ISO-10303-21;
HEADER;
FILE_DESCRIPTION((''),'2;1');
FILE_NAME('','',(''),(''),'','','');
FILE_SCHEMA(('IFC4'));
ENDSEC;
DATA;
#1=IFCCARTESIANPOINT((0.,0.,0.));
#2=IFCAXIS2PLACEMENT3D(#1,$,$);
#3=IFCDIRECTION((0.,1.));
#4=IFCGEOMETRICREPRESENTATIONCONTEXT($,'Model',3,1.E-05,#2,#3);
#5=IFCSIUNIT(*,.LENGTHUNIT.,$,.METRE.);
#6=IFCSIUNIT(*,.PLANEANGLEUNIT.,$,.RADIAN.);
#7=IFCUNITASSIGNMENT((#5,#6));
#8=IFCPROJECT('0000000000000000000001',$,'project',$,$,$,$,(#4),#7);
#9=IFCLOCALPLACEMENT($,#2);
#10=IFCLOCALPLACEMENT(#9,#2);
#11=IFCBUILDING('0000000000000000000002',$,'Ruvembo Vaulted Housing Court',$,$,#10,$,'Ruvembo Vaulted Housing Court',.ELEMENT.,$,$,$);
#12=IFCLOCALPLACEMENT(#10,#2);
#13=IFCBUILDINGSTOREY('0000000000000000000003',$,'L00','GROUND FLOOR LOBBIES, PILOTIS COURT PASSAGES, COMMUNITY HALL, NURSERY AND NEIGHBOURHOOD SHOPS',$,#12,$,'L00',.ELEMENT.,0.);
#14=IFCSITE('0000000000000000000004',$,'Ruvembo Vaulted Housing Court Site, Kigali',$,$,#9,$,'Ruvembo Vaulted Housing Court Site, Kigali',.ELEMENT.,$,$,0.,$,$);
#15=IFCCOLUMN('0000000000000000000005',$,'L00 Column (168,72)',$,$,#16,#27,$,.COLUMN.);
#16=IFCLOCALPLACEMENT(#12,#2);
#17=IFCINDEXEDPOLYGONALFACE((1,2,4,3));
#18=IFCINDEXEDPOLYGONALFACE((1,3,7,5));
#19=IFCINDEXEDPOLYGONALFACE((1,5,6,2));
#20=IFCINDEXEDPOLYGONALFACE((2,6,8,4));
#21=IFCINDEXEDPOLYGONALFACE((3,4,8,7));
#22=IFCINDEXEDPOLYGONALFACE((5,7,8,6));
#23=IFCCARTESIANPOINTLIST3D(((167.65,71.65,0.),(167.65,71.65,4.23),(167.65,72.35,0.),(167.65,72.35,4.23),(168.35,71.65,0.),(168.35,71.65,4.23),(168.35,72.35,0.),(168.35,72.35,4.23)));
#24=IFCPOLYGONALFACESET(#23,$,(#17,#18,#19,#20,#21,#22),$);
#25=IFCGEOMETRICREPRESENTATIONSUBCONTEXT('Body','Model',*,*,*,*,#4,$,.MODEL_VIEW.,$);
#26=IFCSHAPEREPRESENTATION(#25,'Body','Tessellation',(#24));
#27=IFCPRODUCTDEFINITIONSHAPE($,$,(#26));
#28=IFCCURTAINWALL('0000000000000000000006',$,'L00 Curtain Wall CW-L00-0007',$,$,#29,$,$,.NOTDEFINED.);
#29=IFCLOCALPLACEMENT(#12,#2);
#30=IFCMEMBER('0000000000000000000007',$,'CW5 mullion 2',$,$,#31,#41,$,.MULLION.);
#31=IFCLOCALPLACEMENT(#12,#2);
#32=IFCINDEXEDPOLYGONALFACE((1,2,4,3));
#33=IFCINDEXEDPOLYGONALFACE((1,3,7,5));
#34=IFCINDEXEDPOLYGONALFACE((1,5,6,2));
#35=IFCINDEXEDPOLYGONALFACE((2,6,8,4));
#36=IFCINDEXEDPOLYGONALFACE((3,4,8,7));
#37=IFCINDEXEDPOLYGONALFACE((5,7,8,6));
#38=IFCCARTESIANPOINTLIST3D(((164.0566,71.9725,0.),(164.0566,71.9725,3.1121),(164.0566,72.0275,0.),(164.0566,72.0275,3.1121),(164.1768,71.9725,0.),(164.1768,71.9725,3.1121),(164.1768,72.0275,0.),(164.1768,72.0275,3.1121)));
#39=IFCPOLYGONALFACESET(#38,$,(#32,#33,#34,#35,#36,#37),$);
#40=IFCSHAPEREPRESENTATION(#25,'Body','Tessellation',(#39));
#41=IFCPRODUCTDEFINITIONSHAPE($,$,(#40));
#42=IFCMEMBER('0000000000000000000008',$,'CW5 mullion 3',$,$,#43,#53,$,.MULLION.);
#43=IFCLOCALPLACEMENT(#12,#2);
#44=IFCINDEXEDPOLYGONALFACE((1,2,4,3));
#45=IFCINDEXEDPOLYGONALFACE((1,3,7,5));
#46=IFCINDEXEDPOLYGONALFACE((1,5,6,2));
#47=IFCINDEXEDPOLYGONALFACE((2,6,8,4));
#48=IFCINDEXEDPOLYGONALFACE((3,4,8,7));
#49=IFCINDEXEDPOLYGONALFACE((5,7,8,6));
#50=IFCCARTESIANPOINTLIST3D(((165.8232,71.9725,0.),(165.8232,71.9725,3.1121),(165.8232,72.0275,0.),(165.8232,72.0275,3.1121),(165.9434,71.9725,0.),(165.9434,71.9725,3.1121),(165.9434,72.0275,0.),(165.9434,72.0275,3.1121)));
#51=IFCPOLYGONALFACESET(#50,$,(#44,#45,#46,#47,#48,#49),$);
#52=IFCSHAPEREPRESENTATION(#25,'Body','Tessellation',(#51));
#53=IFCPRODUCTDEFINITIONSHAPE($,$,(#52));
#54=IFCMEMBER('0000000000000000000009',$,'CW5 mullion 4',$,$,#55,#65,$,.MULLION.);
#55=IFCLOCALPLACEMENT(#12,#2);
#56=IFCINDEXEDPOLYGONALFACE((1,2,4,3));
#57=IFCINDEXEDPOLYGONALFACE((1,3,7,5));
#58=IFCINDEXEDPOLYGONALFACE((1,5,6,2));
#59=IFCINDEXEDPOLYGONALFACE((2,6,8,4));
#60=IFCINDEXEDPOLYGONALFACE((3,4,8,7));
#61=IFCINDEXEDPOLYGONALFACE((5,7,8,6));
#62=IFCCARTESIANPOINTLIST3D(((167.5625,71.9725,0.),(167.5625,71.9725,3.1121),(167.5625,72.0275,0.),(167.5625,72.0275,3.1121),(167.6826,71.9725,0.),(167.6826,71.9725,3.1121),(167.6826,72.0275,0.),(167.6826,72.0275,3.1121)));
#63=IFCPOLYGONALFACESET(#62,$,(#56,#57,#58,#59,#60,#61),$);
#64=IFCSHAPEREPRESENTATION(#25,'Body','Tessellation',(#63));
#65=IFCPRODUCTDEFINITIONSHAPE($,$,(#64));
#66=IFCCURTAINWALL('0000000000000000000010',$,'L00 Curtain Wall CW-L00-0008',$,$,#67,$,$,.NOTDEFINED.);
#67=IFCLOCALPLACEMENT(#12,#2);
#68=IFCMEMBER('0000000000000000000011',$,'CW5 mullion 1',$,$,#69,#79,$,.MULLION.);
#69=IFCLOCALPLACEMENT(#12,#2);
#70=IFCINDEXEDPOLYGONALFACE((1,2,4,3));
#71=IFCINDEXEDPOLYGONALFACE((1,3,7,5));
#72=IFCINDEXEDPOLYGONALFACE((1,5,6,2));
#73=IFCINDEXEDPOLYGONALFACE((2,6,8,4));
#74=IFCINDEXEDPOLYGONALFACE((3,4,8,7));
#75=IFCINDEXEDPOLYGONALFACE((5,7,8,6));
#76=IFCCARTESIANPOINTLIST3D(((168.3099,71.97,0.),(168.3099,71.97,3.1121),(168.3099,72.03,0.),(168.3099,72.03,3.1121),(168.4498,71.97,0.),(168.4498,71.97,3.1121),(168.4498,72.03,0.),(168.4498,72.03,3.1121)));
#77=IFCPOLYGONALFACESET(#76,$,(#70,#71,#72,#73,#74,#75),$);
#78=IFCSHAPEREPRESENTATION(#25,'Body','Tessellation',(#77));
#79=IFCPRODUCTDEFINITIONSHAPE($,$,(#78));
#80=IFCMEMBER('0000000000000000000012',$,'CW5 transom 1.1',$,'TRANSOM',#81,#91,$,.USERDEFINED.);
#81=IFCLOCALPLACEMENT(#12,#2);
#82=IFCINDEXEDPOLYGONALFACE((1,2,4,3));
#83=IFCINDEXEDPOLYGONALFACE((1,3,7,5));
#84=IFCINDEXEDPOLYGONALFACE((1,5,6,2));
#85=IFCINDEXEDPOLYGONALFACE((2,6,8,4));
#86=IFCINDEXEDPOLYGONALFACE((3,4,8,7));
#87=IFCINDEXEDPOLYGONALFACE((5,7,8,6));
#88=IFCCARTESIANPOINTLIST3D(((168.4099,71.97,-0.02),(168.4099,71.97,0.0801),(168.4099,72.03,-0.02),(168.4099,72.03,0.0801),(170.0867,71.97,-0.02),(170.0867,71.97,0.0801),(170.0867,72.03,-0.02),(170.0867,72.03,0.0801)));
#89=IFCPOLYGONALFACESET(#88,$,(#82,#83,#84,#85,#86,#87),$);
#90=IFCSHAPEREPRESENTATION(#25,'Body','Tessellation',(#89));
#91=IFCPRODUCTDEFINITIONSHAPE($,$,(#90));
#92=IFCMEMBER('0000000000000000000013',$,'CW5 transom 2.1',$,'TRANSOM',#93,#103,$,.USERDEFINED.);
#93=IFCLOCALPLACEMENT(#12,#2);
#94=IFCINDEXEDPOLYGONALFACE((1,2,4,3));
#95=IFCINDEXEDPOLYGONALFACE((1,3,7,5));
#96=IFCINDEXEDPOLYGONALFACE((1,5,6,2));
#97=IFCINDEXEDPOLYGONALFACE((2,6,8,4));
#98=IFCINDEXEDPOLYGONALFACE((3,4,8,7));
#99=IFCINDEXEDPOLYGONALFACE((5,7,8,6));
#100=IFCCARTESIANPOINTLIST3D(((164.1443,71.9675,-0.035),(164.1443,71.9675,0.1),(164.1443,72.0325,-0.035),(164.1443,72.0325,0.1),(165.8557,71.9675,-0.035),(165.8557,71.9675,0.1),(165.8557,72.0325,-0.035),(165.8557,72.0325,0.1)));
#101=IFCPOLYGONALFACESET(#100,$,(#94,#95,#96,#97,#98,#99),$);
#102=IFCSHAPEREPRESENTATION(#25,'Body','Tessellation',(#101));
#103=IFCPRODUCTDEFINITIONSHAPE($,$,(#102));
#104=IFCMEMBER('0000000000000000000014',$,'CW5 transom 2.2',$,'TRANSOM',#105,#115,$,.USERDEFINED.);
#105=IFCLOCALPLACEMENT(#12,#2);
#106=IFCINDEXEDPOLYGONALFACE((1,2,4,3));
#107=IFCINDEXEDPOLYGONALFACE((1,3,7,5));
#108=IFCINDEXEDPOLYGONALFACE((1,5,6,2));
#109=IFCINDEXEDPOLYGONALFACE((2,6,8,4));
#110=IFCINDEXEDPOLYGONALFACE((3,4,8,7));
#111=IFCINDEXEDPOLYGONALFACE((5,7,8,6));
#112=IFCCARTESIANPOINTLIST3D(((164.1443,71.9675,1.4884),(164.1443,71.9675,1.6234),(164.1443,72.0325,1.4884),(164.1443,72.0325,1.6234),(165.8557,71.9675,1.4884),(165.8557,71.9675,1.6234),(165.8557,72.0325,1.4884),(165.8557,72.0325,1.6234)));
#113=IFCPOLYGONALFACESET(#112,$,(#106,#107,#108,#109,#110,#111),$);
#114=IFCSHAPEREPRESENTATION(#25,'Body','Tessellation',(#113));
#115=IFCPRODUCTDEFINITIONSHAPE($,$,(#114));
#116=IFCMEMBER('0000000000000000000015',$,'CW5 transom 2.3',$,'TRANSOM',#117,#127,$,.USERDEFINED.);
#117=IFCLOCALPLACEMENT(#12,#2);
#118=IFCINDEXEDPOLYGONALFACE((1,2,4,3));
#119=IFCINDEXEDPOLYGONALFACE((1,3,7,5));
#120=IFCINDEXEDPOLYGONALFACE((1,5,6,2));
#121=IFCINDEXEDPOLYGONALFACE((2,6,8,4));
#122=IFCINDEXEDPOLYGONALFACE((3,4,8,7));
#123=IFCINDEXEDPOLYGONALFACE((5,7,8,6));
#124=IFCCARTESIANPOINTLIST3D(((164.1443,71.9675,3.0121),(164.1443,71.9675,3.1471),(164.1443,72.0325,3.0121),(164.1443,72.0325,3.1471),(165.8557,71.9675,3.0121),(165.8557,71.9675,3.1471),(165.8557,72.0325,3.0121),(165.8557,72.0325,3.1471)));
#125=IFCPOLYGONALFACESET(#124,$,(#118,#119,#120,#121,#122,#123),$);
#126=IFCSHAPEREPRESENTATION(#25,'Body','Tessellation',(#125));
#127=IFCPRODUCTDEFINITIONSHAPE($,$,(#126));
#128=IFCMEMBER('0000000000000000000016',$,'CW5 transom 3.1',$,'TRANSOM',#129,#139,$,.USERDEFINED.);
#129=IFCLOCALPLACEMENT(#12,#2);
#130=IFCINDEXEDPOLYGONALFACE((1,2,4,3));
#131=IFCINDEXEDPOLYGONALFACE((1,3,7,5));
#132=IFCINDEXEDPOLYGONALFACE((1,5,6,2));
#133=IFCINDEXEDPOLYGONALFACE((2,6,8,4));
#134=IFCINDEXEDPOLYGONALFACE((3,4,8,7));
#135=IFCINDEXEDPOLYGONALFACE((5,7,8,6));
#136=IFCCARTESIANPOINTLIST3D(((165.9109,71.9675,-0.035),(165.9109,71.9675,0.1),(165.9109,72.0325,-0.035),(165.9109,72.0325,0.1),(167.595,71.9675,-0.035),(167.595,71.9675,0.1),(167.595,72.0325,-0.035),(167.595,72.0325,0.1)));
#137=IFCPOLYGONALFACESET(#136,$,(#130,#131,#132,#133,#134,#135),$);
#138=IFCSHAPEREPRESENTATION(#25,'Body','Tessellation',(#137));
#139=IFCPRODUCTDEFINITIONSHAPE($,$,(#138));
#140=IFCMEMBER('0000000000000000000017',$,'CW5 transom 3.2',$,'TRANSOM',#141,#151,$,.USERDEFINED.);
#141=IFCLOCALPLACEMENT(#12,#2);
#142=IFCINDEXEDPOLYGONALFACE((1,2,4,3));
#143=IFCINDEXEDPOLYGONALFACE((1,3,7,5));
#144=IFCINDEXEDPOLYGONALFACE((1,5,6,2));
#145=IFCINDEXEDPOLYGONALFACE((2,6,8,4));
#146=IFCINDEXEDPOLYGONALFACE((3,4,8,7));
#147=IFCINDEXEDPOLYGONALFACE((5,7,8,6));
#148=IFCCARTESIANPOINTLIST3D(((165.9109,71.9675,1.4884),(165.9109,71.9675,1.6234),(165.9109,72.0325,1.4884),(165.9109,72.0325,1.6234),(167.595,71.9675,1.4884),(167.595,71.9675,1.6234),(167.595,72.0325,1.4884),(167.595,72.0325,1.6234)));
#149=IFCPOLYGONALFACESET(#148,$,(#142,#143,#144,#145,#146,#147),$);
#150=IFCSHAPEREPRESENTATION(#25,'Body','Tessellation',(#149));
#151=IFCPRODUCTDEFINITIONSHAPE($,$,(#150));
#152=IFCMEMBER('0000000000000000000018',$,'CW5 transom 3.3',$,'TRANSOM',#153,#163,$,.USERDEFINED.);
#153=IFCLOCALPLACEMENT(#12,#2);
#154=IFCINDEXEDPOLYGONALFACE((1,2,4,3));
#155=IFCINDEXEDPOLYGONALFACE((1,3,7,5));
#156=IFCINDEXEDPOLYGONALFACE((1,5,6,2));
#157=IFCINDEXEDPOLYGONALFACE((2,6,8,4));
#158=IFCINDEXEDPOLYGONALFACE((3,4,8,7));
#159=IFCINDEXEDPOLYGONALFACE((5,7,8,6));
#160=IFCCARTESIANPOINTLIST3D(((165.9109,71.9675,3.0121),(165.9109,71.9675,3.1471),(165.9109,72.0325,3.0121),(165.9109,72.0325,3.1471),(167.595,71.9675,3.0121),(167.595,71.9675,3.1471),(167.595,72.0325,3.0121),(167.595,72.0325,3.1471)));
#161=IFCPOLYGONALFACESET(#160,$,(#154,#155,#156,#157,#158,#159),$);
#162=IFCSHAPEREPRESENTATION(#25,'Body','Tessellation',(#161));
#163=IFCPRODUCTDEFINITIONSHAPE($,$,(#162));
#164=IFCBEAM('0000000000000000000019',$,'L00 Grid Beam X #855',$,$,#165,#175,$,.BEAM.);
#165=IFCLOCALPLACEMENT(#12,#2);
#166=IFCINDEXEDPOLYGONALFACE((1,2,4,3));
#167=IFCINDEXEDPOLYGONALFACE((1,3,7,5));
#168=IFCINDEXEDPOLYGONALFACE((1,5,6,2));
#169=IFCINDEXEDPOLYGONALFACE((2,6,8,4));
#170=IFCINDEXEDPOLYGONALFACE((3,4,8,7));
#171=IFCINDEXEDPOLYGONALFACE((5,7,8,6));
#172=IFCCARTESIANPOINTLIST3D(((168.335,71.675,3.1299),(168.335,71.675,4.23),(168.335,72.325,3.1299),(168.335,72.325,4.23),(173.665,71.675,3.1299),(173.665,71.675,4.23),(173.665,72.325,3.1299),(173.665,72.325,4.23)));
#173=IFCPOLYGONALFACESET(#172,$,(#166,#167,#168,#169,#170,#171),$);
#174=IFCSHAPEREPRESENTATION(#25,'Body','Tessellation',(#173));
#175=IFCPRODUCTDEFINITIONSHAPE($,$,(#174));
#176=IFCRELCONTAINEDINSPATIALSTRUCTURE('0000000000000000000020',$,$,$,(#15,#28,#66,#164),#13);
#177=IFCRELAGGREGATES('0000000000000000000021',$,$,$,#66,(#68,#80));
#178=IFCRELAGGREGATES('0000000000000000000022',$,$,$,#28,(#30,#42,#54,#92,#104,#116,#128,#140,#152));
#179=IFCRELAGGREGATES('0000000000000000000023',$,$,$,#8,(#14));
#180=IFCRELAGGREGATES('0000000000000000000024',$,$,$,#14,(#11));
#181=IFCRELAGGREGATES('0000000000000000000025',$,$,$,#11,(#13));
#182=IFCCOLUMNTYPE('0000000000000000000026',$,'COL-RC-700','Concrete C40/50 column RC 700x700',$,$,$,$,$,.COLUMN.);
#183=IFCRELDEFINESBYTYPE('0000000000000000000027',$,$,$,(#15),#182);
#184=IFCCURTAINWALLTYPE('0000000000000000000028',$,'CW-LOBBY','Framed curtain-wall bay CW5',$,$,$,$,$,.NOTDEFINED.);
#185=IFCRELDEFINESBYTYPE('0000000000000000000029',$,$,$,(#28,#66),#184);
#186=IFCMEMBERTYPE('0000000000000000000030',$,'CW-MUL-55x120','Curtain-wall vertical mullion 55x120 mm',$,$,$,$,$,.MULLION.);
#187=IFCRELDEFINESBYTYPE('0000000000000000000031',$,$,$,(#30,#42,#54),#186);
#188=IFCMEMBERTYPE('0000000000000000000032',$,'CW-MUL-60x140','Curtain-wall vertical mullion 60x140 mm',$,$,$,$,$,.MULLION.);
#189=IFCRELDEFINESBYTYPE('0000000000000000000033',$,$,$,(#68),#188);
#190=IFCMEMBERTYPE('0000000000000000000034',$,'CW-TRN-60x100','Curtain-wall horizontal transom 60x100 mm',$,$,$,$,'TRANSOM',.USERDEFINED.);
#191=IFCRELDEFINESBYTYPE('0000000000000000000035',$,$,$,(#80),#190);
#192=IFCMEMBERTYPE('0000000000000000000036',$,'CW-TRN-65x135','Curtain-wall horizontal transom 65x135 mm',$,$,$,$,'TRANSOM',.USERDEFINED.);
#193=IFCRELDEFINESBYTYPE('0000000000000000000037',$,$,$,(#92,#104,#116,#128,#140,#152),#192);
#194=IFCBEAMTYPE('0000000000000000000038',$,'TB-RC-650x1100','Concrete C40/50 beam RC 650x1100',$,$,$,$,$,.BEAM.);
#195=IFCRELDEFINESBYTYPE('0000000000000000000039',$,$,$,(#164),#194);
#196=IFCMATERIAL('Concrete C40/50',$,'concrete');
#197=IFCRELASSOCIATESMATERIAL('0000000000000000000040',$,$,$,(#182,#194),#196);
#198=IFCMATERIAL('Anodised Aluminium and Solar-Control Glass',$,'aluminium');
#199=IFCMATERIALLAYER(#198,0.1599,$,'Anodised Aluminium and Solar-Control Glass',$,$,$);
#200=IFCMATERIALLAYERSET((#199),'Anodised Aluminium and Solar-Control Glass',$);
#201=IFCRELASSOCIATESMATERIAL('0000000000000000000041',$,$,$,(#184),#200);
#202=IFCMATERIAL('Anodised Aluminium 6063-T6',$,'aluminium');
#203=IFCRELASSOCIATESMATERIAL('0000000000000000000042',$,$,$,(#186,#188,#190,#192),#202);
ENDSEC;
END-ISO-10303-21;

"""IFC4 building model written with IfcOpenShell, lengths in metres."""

from ifc_helpers import new_model, si_unit, direction, frame, origin, origin_2d, place, context, subcontext, project, spatial, rectangle, extrude, material, layer, layer_set, material_profile, profile_set, type_object, element, aggregate, save


model = new_model("IFC4")

# Units and contexts
model_context = context("Model", 3, precision=1e-05, world=origin(), true_north=direction((0.0, 1.0)))
body_context = subcontext(model_context, "Body", "Model", "MODEL_VIEW")
ifc_project = project(units=[si_unit("LENGTHUNIT", "METRE"), si_unit("PLANEANGLEUNIT", "RADIAN")], contexts=[model_context])

# Site, building, storey
site_placement = place(None, origin())
site = spatial("IfcSite", under=ifc_project, at=site_placement, Name="Ruvembo Vaulted Housing Court Site, Kigali", LongName="Ruvembo Vaulted Housing Court Site, Kigali", CompositionType="ELEMENT", RefElevation=0.0)
building_placement = place(site_placement, origin())
building = spatial("IfcBuilding", under=site, at=building_placement, Name="Ruvembo Vaulted Housing Court", LongName="Ruvembo Vaulted Housing Court", CompositionType="ELEMENT")
storey_placement = place(building_placement, origin())
storey = spatial("IfcBuildingStorey", under=building, at=storey_placement, Name="L00", Description="GROUND FLOOR LOBBIES, PILOTIS COURT PASSAGES, COMMUNITY HALL, NURSERY AND NEIGHBOURHOOD SHOPS", LongName="L00", CompositionType="ELEMENT", Elevation=0.0)

# Column
ifc_material_1 = material(Name="Concrete C40/50", Category="concrete")
ifc_material_profile_1 = material_profile(ifc_material_1, rectangle(XDim=0.7, YDim=0.7, at=origin_2d()), Name="RC 700x700")
ifc_profile_set_1 = profile_set([ifc_material_profile_1], Name="Concrete C40/50")
column_type = type_object("IfcColumnType", Name="COL-RC-700", Description="Concrete C40/50 column RC 700x700", PredefinedType="COLUMN", material=ifc_profile_set_1)
column_placement = place(storey_placement, frame((168.0, 72.0, 0.0), z_axis=(0.0, 0.0, 1.0), x_axis=(1.0, 0.0, 0.0)))
element("IfcColumn", 1, at=column_placement, inside=storey, type_object=column_type, Name="L00 Column (168,72)", PredefinedType="COLUMN", context=body_context, shape_type="SweptSolid", body=[
    extrude(rectangle(XDim=0.7, YDim=0.7, at=origin_2d()), origin(), (0.0, 0.0, 1.0), 4.23),
])

# Curtain walls, members
ifc_material_2 = material(Name="Anodised Aluminium and Solar-Control Glass", Category="aluminium")
ifc_layer_1 = layer(ifc_material_2, 0.1599, Name="Anodised Aluminium and Solar-Control Glass")
ifc_layer_set_1 = layer_set([ifc_layer_1], Name="Anodised Aluminium and Solar-Control Glass")
curtain_wall_type = type_object("IfcCurtainWallType", Name="CW-LOBBY", Description="Framed curtain-wall bay CW5", PredefinedType="NOTDEFINED", material=ifc_layer_set_1)
curtain_wall_1_placement = place(storey_placement, origin())
curtain_wall_1 = element("IfcCurtainWall", 2, at=curtain_wall_1_placement, inside=storey, type_object=curtain_wall_type, Name="L00 Curtain Wall CW-L00-0007", PredefinedType="NOTDEFINED")
ifc_material_3 = material(Name="Anodised Aluminium 6063-T6", Category="aluminium")
ifc_material_profile_2 = material_profile(ifc_material_3, rectangle(XDim=0.0549, YDim=0.1201, at=origin_2d()), Name="ALU 55x120")
ifc_profile_set_2 = profile_set([ifc_material_profile_2], Name="Anodised Aluminium 6063-T6")
member_type_1 = type_object("IfcMemberType", Name="CW-MUL-55x120", Description="Curtain-wall vertical mullion 55x120 mm", PredefinedType="MULLION", material=ifc_profile_set_2)
member_1_placement = place(storey_placement, frame((164.1167, 72.0, 0.0), z_axis=(0.0, 0.0, 1.0), x_axis=(0.0, 1.0, 0.0)))
member_1 = element("IfcMember", 3, at=member_1_placement, type_object=member_type_1, Name="CW5 mullion 2", PredefinedType="MULLION", context=body_context, shape_type="SweptSolid", body=[
    extrude(rectangle(XDim=0.0549, YDim=0.1201, at=origin_2d()), origin(), (0.0, 0.0, 1.0), 3.1121),
])
member_2_placement = place(storey_placement, frame((165.8833, 72.0, 0.0), z_axis=(0.0, 0.0, 1.0), x_axis=(0.0, 1.0, 0.0)))
member_2 = element("IfcMember", 4, at=member_2_placement, type_object=member_type_1, Name="CW5 mullion 3", PredefinedType="MULLION", context=body_context, shape_type="SweptSolid", body=[
    extrude(rectangle(XDim=0.0549, YDim=0.1201, at=origin_2d()), origin(), (0.0, 0.0, 1.0), 3.1121),
])
member_3_placement = place(storey_placement, frame((167.6226, 72.0, 0.0), z_axis=(0.0, 0.0, 1.0), x_axis=(0.0, 1.0, 0.0)))
member_3 = element("IfcMember", 5, at=member_3_placement, type_object=member_type_1, Name="CW5 mullion 4", PredefinedType="MULLION", context=body_context, shape_type="SweptSolid", body=[
    extrude(rectangle(XDim=0.0549, YDim=0.1201, at=origin_2d()), origin(), (0.0, 0.0, 1.0), 3.1121),
])
curtain_wall_2_placement = place(storey_placement, origin())
curtain_wall_2 = element("IfcCurtainWall", 6, at=curtain_wall_2_placement, inside=storey, type_object=curtain_wall_type, Name="L00 Curtain Wall CW-L00-0008", PredefinedType="NOTDEFINED")
ifc_material_profile_3 = material_profile(ifc_material_3, rectangle(XDim=0.0601, YDim=0.1399, at=origin_2d()), Name="ALU 60x140")
ifc_profile_set_3 = profile_set([ifc_material_profile_3], Name="Anodised Aluminium 6063-T6")
member_type_2 = type_object("IfcMemberType", Name="CW-MUL-60x140", Description="Curtain-wall vertical mullion 60x140 mm", PredefinedType="MULLION", material=ifc_profile_set_3)
member_4_placement = place(storey_placement, frame((168.3799, 72.0, 0.0), z_axis=(0.0, 0.0, 1.0), x_axis=(0.0, 1.0, 0.0)))
member_4 = element("IfcMember", 7, at=member_4_placement, type_object=member_type_2, Name="CW5 mullion 1", PredefinedType="MULLION", context=body_context, shape_type="SweptSolid", body=[
    extrude(rectangle(XDim=0.0601, YDim=0.1399, at=origin_2d()), origin(), (0.0, 0.0, 1.0), 3.1121),
])
ifc_material_profile_4 = material_profile(ifc_material_3, rectangle(XDim=0.0601, YDim=0.1001, at=origin_2d()), Name="ALU 60x100")
ifc_profile_set_4 = profile_set([ifc_material_profile_4], Name="Anodised Aluminium 6063-T6")
member_type_3 = type_object("IfcMemberType", Name="CW-TRN-60x100", Description="Curtain-wall horizontal transom 60x100 mm", ElementType="TRANSOM", PredefinedType="USERDEFINED", material=ifc_profile_set_4)
member_5_placement = place(storey_placement, frame((168.4099, 72.0, 0.03), z_axis=(1.0, 0.0, 0.0), x_axis=(0.0, 1.0, 0.0)))
member_5 = element("IfcMember", 8, at=member_5_placement, type_object=member_type_3, Name="CW5 transom 1.1", ObjectType="TRANSOM", PredefinedType="USERDEFINED", context=body_context, shape_type="SweptSolid", body=[
    extrude(rectangle(XDim=0.0601, YDim=0.1001, at=origin_2d()), origin(), (0.0, 0.0, 1.0), 1.6768),
])
aggregate(curtain_wall_2, [member_4, member_5])

# Members
ifc_material_profile_5 = material_profile(ifc_material_3, rectangle(XDim=0.0649, YDim=0.135, at=origin_2d()), Name="ALU 65x135")
ifc_profile_set_5 = profile_set([ifc_material_profile_5], Name="Anodised Aluminium 6063-T6")
member_type_4 = type_object("IfcMemberType", Name="CW-TRN-65x135", Description="Curtain-wall horizontal transom 65x135 mm", ElementType="TRANSOM", PredefinedType="USERDEFINED", material=ifc_profile_set_5)
member_6_placement = place(storey_placement, frame((164.1443, 72.0, 0.0325), z_axis=(1.0, 0.0, 0.0), x_axis=(0.0, 1.0, 0.0)))
member_6 = element("IfcMember", 9, at=member_6_placement, type_object=member_type_4, Name="CW5 transom 2.1", ObjectType="TRANSOM", PredefinedType="USERDEFINED", context=body_context, shape_type="SweptSolid", body=[
    extrude(rectangle(XDim=0.0649, YDim=0.135, at=origin_2d()), origin(), (0.0, 0.0, 1.0), 1.7114),
])
member_7_placement = place(storey_placement, frame((164.1443, 72.0, 1.5559), z_axis=(1.0, 0.0, 0.0), x_axis=(0.0, 1.0, 0.0)))
member_7 = element("IfcMember", 10, at=member_7_placement, type_object=member_type_4, Name="CW5 transom 2.2", ObjectType="TRANSOM", PredefinedType="USERDEFINED", context=body_context, shape_type="SweptSolid", body=[
    extrude(rectangle(XDim=0.0649, YDim=0.135, at=origin_2d()), origin(), (0.0, 0.0, 1.0), 1.7114),
])
member_8_placement = place(storey_placement, frame((164.1443, 72.0, 3.0796), z_axis=(1.0, 0.0, 0.0), x_axis=(0.0, 1.0, 0.0)))
member_8 = element("IfcMember", 11, at=member_8_placement, type_object=member_type_4, Name="CW5 transom 2.3", ObjectType="TRANSOM", PredefinedType="USERDEFINED", context=body_context, shape_type="SweptSolid", body=[
    extrude(rectangle(XDim=0.0649, YDim=0.135, at=origin_2d()), origin(), (0.0, 0.0, 1.0), 1.7114),
])
member_9_placement = place(storey_placement, frame((165.9109, 72.0, 0.0325), z_axis=(1.0, 0.0, 0.0), x_axis=(0.0, 1.0, 0.0)))
member_9 = element("IfcMember", 12, at=member_9_placement, type_object=member_type_4, Name="CW5 transom 3.1", ObjectType="TRANSOM", PredefinedType="USERDEFINED", context=body_context, shape_type="SweptSolid", body=[
    extrude(rectangle(XDim=0.0649, YDim=0.135, at=origin_2d()), origin(), (0.0, 0.0, 1.0), 1.6841),
])
member_10_placement = place(storey_placement, frame((165.9109, 72.0, 1.5559), z_axis=(1.0, 0.0, 0.0), x_axis=(0.0, 1.0, 0.0)))
member_10 = element("IfcMember", 13, at=member_10_placement, type_object=member_type_4, Name="CW5 transom 3.2", ObjectType="TRANSOM", PredefinedType="USERDEFINED", context=body_context, shape_type="SweptSolid", body=[
    extrude(rectangle(XDim=0.0649, YDim=0.135, at=origin_2d()), origin(), (0.0, 0.0, 1.0), 1.6841),
])
member_11_placement = place(storey_placement, frame((165.9109, 72.0, 3.0796), z_axis=(1.0, 0.0, 0.0), x_axis=(0.0, 1.0, 0.0)))
member_11 = element("IfcMember", 14, at=member_11_placement, type_object=member_type_4, Name="CW5 transom 3.3", ObjectType="TRANSOM", PredefinedType="USERDEFINED", context=body_context, shape_type="SweptSolid", body=[
    extrude(rectangle(XDim=0.0649, YDim=0.135, at=origin_2d()), origin(), (0.0, 0.0, 1.0), 1.6841),
])

# Beam
ifc_material_profile_6 = material_profile(ifc_material_1, rectangle(XDim=0.6499, YDim=1.1001, at=origin_2d()), Name="RC 650x1100")
ifc_profile_set_6 = profile_set([ifc_material_profile_6], Name="Concrete C40/50")
beam_type = type_object("IfcBeamType", Name="TB-RC-650x1100", Description="Concrete C40/50 beam RC 650x1100", PredefinedType="BEAM", material=ifc_profile_set_6)
beam_placement = place(storey_placement, frame((168.335, 72.0, 3.6799), z_axis=(1.0, 0.0, 0.0), x_axis=(0.0, 1.0, 0.0)))
element("IfcBeam", 15, at=beam_placement, inside=storey, type_object=beam_type, Name="L00 Grid Beam X #855", PredefinedType="BEAM", context=body_context, shape_type="SweptSolid", body=[
    extrude(rectangle(XDim=0.6499, YDim=1.1001, at=origin_2d()), origin(), (0.0, 0.0, 1.0), 5.3301),
])

aggregate(curtain_wall_1, [member_1, member_2, member_3, member_6, member_7, member_8, member_9, member_10, member_11])

save(model, "model.ifc")
